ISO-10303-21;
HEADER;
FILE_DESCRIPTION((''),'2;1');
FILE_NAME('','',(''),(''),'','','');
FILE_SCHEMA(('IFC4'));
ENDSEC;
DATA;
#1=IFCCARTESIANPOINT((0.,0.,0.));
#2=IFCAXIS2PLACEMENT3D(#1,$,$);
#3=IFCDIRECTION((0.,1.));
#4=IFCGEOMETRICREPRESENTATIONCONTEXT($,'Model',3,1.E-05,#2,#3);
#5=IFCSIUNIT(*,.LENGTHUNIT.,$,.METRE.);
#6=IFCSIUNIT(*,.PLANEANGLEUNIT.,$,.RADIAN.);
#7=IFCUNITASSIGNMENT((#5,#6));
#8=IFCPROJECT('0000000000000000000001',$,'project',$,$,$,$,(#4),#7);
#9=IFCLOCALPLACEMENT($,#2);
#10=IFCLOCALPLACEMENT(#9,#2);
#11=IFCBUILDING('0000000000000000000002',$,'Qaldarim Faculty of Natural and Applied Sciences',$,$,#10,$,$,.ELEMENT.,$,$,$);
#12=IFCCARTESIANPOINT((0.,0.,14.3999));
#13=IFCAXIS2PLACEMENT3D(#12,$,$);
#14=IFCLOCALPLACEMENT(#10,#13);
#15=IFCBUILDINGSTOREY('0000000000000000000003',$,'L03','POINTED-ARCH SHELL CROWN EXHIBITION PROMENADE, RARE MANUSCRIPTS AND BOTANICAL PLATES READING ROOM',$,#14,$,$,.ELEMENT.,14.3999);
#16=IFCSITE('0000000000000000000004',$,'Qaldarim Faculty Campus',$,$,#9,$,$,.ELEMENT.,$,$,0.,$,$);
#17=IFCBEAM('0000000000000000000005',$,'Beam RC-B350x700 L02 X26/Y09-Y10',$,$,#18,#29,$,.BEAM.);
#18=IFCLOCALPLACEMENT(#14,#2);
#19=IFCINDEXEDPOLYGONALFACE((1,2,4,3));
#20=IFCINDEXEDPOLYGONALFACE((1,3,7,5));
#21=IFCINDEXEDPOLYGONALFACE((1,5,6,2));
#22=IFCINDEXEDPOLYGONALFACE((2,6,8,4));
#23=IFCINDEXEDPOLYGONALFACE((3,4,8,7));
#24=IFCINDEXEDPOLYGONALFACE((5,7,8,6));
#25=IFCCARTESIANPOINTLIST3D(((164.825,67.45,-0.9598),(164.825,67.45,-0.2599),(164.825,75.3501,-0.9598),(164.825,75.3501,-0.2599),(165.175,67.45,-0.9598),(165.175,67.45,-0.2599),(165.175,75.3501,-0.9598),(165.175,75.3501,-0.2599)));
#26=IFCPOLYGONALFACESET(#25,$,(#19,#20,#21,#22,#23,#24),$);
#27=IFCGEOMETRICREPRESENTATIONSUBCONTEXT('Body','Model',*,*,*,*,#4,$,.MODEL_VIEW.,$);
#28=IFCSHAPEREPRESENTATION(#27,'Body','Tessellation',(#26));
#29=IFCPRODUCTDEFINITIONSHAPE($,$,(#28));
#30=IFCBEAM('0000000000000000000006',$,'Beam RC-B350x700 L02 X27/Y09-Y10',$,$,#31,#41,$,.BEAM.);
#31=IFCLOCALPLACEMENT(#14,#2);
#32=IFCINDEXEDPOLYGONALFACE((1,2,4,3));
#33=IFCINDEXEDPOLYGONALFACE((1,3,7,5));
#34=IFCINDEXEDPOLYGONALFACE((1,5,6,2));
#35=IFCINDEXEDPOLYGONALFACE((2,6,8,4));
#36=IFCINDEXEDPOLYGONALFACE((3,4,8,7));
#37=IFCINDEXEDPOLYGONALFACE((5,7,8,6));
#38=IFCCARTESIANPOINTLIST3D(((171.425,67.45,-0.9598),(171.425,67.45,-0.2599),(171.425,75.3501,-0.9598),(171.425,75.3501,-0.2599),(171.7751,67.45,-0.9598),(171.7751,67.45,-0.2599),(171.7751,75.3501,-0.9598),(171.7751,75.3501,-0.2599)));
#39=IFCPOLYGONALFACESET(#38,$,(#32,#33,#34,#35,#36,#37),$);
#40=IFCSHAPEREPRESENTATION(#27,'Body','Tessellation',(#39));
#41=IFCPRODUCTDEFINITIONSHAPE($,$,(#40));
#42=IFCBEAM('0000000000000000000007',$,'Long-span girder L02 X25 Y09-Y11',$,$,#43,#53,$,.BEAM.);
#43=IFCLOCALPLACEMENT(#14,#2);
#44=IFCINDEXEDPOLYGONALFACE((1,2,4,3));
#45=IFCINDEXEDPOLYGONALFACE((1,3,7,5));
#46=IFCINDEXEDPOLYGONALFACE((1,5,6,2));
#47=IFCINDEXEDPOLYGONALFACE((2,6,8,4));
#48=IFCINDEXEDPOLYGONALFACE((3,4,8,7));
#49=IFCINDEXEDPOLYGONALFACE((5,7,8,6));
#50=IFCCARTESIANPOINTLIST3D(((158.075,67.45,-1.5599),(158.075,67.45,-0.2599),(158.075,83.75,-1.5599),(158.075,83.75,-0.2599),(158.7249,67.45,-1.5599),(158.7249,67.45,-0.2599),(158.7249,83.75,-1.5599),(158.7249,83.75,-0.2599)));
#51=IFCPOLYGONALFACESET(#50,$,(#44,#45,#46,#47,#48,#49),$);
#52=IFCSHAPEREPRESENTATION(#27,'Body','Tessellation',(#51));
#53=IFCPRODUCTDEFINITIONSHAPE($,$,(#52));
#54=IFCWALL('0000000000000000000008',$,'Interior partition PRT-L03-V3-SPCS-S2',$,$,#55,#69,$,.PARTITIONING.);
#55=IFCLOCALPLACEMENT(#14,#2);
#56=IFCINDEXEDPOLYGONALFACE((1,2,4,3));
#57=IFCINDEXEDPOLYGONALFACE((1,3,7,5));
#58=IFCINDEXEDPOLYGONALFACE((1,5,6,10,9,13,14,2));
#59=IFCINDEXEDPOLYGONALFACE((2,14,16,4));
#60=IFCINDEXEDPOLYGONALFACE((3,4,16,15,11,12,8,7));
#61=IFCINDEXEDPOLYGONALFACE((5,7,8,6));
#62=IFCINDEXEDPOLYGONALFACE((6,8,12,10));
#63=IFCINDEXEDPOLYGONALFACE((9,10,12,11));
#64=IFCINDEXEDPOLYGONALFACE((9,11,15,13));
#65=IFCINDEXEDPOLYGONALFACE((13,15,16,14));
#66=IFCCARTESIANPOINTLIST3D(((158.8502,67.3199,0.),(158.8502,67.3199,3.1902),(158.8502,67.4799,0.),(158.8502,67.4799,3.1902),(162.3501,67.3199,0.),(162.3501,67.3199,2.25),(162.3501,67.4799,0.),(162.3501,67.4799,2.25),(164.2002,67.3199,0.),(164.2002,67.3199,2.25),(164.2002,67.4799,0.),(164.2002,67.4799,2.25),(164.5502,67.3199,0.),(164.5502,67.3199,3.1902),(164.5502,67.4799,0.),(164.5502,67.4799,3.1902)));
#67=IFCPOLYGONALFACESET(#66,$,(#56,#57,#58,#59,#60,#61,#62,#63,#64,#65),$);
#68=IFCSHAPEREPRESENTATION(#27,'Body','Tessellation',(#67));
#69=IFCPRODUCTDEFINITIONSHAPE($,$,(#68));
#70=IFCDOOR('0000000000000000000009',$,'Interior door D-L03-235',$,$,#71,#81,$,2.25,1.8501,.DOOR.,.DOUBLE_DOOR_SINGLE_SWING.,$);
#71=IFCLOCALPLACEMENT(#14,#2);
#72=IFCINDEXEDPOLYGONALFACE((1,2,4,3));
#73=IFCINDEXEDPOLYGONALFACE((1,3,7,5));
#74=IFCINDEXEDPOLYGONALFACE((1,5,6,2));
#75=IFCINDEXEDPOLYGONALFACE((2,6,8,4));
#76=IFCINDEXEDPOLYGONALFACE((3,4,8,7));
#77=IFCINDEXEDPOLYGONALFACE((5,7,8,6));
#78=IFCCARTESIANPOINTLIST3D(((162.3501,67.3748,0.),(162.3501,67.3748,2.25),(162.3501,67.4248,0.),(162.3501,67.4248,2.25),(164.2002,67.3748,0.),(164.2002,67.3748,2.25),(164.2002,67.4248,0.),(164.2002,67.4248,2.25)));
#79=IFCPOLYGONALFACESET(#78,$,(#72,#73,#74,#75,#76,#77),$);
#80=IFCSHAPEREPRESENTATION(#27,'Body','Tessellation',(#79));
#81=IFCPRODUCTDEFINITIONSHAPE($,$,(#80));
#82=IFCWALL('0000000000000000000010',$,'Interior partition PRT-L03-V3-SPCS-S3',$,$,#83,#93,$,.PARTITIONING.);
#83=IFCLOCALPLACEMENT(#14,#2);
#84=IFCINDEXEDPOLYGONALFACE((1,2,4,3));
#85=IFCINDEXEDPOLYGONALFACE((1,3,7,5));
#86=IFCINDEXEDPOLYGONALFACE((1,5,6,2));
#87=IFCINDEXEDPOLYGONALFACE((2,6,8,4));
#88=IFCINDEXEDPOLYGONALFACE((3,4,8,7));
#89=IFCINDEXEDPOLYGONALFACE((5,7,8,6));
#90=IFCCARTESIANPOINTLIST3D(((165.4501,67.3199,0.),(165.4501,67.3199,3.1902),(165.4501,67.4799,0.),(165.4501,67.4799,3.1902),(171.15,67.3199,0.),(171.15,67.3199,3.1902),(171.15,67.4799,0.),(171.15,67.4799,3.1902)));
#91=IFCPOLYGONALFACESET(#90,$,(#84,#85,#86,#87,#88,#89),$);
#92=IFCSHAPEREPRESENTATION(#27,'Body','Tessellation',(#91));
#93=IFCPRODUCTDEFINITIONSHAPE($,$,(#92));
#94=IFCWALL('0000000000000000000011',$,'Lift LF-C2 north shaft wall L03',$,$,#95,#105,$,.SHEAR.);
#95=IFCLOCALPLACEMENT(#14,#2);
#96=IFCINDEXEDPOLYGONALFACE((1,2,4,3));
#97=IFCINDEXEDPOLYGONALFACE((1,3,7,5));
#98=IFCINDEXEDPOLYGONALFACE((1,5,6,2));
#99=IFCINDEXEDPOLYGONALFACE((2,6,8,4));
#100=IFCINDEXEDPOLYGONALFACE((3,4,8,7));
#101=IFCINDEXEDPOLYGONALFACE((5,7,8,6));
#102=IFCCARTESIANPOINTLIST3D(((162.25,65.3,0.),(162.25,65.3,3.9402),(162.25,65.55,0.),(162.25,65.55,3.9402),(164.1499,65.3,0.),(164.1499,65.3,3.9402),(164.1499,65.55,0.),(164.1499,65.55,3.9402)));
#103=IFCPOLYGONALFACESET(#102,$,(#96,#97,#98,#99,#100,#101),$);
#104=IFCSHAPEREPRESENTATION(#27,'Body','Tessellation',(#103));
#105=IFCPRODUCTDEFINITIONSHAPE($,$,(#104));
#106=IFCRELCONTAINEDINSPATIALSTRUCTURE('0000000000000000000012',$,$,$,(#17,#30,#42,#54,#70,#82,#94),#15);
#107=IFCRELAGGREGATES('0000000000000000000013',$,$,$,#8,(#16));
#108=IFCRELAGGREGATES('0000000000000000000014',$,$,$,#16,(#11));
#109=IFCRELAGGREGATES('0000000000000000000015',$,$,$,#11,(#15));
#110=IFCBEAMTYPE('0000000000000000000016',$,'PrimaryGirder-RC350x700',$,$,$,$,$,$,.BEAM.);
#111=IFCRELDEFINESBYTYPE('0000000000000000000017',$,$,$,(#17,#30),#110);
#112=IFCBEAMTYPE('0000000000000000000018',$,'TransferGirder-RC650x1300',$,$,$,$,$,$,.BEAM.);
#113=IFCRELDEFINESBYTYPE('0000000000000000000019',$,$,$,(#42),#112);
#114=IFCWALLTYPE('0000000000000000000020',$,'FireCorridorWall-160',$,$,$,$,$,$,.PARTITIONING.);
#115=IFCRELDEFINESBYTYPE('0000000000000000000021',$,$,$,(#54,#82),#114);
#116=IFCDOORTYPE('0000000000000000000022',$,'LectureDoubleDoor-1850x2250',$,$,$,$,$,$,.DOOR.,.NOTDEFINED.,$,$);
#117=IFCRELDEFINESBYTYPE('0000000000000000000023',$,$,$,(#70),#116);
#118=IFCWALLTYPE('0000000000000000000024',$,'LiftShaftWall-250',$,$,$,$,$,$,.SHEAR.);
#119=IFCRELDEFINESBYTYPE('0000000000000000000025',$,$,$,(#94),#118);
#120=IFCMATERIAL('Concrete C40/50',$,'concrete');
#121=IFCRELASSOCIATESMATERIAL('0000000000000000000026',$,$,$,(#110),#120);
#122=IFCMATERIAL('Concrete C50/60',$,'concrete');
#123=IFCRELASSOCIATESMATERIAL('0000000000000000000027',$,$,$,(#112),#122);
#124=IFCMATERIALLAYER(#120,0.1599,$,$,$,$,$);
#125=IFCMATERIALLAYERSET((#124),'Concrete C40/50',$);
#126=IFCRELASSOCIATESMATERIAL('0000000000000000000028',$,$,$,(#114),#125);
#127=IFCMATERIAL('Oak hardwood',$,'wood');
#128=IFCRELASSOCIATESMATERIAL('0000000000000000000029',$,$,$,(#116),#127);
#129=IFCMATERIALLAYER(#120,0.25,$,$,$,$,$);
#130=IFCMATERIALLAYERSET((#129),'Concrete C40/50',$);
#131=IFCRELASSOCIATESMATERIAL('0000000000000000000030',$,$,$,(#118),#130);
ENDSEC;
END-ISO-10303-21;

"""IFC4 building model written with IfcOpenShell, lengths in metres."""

from ifc_helpers import new_model, si_unit, direction, frame, frame_2d, origin, origin_2d, place, context, subcontext, project, spatial, rectangle, extrude, material, layer, layer_set, material_profile, profile_set, type_object, element, fill, save


model = new_model("IFC4")

# Units and contexts
model_context = context("Model", 3, precision=1e-05, world=origin(), true_north=direction((0.0, 1.0)))
body_context = subcontext(model_context, "Body", "Model", "MODEL_VIEW")
ifc_project = project(units=[si_unit("LENGTHUNIT", "METRE"), si_unit("PLANEANGLEUNIT", "RADIAN")], contexts=[model_context])

# Site, building, storey
site_placement = place(None, origin())
site = spatial("IfcSite", under=ifc_project, at=site_placement, Name="Qaldarim Faculty Campus", CompositionType="ELEMENT", RefElevation=0.0)
building_placement = place(site_placement, origin())
building = spatial("IfcBuilding", under=site, at=building_placement, Name="Qaldarim Faculty of Natural and Applied Sciences", CompositionType="ELEMENT")
storey_placement = place(building_placement, frame((0.0, 0.0, 14.3999)))
storey = spatial("IfcBuildingStorey", under=building, at=storey_placement, Name="L03", Description="POINTED-ARCH SHELL CROWN EXHIBITION PROMENADE, RARE MANUSCRIPTS AND BOTANICAL PLATES READING ROOM", CompositionType="ELEMENT", Elevation=14.3999)

# Shared definitions
ifc_material_1 = material(Name="Concrete C40/50", Category="concrete")

# Beams
ifc_material_profile_1 = material_profile(ifc_material_1, rectangle(XDim=0.3501, YDim=0.7, at=origin_2d()), Name="RC-B350x700")
ifc_profile_set_1 = profile_set([ifc_material_profile_1], Name="Concrete C40/50")
beam_type_1 = type_object("IfcBeamType", Name="PrimaryGirder-RC350x700", PredefinedType="BEAM", material=ifc_profile_set_1)
for number, where, z_axis, x_axis, name in (
    (1, (165.0, 67.45, -0.6099), (0.0, 1.0, 0.0), (-1.0, 0.0, 0.0), "Beam RC-B350x700 L02 X26/Y09-Y10"),
    (2, (171.6001, 67.45, -0.6099), (0.0, 1.0, 0.0), (-1.0, 0.0, 0.0), "Beam RC-B350x700 L02 X27/Y09-Y10"),
):
    element("IfcBeam", number, at=place(storey_placement, frame(where, z_axis=z_axis, x_axis=x_axis)), inside=storey, type_object=beam_type_1, Name=name, PredefinedType="BEAM", context=body_context, shape_type="SweptSolid", body=[
        extrude(rectangle(XDim=0.3501, YDim=0.7, at=origin_2d()), origin(), (0.0, 0.0, 1.0), 7.9001),
    ])
ifc_material_2 = material(Name="Concrete C50/60", Category="concrete")
ifc_material_profile_2 = material_profile(ifc_material_2, rectangle(XDim=0.6499, YDim=1.3, at=origin_2d()), Name="RC-TG650x1300")
ifc_profile_set_2 = profile_set([ifc_material_profile_2], Name="Concrete C50/60")
beam_type_2 = type_object("IfcBeamType", Name="TransferGirder-RC650x1300", PredefinedType="BEAM", material=ifc_profile_set_2)
beam_1_placement = place(storey_placement, frame((158.3999, 67.45, -0.9099), z_axis=(0.0, 1.0, 0.0), x_axis=(-1.0, 0.0, 0.0)))
element("IfcBeam", 3, at=beam_1_placement, inside=storey, type_object=beam_type_2, Name="Long-span girder L02 X25 Y09-Y11", PredefinedType="BEAM", context=body_context, shape_type="SweptSolid", body=[
    extrude(rectangle(XDim=0.6499, YDim=1.3, at=origin_2d()), origin(), (0.0, 0.0, 1.0), 16.3),
])

# Wall, opening, door
ifc_layer_1 = layer(ifc_material_1, 0.1599)
ifc_layer_set_1 = layer_set([ifc_layer_1], Name="Concrete C40/50")
wall_type_1 = type_object("IfcWallType", Name="FireCorridorWall-160", PredefinedType="PARTITIONING", material=ifc_layer_set_1)
wall_1_placement = place(storey_placement, frame((158.8501, 67.3999, 0.0), z_axis=(0.0, 0.0, 1.0), x_axis=(1.0, 0.0, 0.0)))
wall_1 = element("IfcWall", 4, at=wall_1_placement, inside=storey, type_object=wall_type_1, Name="Interior partition PRT-L03-V3-SPCS-S2", PredefinedType="PARTITIONING", context=body_context, shape_type="SweptSolid", body=[
    extrude(rectangle(XDim=5.7, YDim=0.1599, at=frame_2d((2.8501, 0.0))), origin(), (0.0, 0.0, 1.0), 3.1902),
])
opening_placement = place(wall_1_placement, frame((3.5, 0.0, 0.0)))
opening = element("IfcOpeningElement", 5, at=opening_placement, cuts=wall_1, PredefinedType="OPENING", context=body_context, shape_type="SweptSolid", body=[
    extrude(rectangle(XDim=1.8501, YDim=2.25, at=frame_2d((0.925, 1.125))), frame((0.0, 0.0898, 0.0), z_axis=(0.0, -1.0, 0.0), x_axis=(1.0, 0.0, 0.0)), (0.0, 0.0, 1.0), 0.1799),
])
ifc_material_3 = material(Name="Oak hardwood", Category="wood")
door_type = type_object("IfcDoorType", Name="LectureDoubleDoor-1850x2250", OperationType="NOTDEFINED", PredefinedType="DOOR", material=ifc_material_3)
door_placement = place(opening_placement, origin())
door = element("IfcDoor", 6, at=door_placement, inside=storey, type_object=door_type, Name="Interior door D-L03-235", OperationType="DOUBLE_DOOR_SINGLE_SWING", OverallHeight=2.25, OverallWidth=1.8501, PredefinedType="DOOR", context=body_context, shape_type="SweptSolid", body=[
    extrude(rectangle(XDim=1.8501, YDim=2.25, at=frame_2d((0.925, 1.125))), frame((0.0, 0.0249, 0.0), z_axis=(0.0, -1.0, 0.0), x_axis=(1.0, 0.0, 0.0)), (0.0, 0.0, 1.0), 0.05),
])
fill(opening, door)

# Walls
wall_2_placement = place(storey_placement, frame((165.45, 67.3999, 0.0), z_axis=(0.0, 0.0, 1.0), x_axis=(1.0, 0.0, 0.0)))
element("IfcWall", 7, at=wall_2_placement, inside=storey, type_object=wall_type_1, Name="Interior partition PRT-L03-V3-SPCS-S3", PredefinedType="PARTITIONING", context=body_context, shape_type="SweptSolid", body=[
    extrude(rectangle(XDim=5.7, YDim=0.1599, at=frame_2d((2.8501, 0.0))), origin(), (0.0, 0.0, 1.0), 3.1902),
])
ifc_layer_2 = layer(ifc_material_1, 0.25)
ifc_layer_set_2 = layer_set([ifc_layer_2], Name="Concrete C40/50")
wall_type_2 = type_object("IfcWallType", Name="LiftShaftWall-250", PredefinedType="SHEAR", material=ifc_layer_set_2)
wall_3_placement = place(storey_placement, frame((162.25, 65.425, 0.0), z_axis=(0.0, 0.0, 1.0), x_axis=(1.0, 0.0, 0.0)))
element("IfcWall", 8, at=wall_3_placement, inside=storey, type_object=wall_type_2, Name="Lift LF-C2 north shaft wall L03", PredefinedType="SHEAR", context=body_context, shape_type="SweptSolid", body=[
    extrude(rectangle(XDim=1.8999, YDim=0.25, at=frame_2d((0.95, 0.0))), origin(), (0.0, 0.0, 1.0), 3.9402),
])

save(model, "model.ifc")
